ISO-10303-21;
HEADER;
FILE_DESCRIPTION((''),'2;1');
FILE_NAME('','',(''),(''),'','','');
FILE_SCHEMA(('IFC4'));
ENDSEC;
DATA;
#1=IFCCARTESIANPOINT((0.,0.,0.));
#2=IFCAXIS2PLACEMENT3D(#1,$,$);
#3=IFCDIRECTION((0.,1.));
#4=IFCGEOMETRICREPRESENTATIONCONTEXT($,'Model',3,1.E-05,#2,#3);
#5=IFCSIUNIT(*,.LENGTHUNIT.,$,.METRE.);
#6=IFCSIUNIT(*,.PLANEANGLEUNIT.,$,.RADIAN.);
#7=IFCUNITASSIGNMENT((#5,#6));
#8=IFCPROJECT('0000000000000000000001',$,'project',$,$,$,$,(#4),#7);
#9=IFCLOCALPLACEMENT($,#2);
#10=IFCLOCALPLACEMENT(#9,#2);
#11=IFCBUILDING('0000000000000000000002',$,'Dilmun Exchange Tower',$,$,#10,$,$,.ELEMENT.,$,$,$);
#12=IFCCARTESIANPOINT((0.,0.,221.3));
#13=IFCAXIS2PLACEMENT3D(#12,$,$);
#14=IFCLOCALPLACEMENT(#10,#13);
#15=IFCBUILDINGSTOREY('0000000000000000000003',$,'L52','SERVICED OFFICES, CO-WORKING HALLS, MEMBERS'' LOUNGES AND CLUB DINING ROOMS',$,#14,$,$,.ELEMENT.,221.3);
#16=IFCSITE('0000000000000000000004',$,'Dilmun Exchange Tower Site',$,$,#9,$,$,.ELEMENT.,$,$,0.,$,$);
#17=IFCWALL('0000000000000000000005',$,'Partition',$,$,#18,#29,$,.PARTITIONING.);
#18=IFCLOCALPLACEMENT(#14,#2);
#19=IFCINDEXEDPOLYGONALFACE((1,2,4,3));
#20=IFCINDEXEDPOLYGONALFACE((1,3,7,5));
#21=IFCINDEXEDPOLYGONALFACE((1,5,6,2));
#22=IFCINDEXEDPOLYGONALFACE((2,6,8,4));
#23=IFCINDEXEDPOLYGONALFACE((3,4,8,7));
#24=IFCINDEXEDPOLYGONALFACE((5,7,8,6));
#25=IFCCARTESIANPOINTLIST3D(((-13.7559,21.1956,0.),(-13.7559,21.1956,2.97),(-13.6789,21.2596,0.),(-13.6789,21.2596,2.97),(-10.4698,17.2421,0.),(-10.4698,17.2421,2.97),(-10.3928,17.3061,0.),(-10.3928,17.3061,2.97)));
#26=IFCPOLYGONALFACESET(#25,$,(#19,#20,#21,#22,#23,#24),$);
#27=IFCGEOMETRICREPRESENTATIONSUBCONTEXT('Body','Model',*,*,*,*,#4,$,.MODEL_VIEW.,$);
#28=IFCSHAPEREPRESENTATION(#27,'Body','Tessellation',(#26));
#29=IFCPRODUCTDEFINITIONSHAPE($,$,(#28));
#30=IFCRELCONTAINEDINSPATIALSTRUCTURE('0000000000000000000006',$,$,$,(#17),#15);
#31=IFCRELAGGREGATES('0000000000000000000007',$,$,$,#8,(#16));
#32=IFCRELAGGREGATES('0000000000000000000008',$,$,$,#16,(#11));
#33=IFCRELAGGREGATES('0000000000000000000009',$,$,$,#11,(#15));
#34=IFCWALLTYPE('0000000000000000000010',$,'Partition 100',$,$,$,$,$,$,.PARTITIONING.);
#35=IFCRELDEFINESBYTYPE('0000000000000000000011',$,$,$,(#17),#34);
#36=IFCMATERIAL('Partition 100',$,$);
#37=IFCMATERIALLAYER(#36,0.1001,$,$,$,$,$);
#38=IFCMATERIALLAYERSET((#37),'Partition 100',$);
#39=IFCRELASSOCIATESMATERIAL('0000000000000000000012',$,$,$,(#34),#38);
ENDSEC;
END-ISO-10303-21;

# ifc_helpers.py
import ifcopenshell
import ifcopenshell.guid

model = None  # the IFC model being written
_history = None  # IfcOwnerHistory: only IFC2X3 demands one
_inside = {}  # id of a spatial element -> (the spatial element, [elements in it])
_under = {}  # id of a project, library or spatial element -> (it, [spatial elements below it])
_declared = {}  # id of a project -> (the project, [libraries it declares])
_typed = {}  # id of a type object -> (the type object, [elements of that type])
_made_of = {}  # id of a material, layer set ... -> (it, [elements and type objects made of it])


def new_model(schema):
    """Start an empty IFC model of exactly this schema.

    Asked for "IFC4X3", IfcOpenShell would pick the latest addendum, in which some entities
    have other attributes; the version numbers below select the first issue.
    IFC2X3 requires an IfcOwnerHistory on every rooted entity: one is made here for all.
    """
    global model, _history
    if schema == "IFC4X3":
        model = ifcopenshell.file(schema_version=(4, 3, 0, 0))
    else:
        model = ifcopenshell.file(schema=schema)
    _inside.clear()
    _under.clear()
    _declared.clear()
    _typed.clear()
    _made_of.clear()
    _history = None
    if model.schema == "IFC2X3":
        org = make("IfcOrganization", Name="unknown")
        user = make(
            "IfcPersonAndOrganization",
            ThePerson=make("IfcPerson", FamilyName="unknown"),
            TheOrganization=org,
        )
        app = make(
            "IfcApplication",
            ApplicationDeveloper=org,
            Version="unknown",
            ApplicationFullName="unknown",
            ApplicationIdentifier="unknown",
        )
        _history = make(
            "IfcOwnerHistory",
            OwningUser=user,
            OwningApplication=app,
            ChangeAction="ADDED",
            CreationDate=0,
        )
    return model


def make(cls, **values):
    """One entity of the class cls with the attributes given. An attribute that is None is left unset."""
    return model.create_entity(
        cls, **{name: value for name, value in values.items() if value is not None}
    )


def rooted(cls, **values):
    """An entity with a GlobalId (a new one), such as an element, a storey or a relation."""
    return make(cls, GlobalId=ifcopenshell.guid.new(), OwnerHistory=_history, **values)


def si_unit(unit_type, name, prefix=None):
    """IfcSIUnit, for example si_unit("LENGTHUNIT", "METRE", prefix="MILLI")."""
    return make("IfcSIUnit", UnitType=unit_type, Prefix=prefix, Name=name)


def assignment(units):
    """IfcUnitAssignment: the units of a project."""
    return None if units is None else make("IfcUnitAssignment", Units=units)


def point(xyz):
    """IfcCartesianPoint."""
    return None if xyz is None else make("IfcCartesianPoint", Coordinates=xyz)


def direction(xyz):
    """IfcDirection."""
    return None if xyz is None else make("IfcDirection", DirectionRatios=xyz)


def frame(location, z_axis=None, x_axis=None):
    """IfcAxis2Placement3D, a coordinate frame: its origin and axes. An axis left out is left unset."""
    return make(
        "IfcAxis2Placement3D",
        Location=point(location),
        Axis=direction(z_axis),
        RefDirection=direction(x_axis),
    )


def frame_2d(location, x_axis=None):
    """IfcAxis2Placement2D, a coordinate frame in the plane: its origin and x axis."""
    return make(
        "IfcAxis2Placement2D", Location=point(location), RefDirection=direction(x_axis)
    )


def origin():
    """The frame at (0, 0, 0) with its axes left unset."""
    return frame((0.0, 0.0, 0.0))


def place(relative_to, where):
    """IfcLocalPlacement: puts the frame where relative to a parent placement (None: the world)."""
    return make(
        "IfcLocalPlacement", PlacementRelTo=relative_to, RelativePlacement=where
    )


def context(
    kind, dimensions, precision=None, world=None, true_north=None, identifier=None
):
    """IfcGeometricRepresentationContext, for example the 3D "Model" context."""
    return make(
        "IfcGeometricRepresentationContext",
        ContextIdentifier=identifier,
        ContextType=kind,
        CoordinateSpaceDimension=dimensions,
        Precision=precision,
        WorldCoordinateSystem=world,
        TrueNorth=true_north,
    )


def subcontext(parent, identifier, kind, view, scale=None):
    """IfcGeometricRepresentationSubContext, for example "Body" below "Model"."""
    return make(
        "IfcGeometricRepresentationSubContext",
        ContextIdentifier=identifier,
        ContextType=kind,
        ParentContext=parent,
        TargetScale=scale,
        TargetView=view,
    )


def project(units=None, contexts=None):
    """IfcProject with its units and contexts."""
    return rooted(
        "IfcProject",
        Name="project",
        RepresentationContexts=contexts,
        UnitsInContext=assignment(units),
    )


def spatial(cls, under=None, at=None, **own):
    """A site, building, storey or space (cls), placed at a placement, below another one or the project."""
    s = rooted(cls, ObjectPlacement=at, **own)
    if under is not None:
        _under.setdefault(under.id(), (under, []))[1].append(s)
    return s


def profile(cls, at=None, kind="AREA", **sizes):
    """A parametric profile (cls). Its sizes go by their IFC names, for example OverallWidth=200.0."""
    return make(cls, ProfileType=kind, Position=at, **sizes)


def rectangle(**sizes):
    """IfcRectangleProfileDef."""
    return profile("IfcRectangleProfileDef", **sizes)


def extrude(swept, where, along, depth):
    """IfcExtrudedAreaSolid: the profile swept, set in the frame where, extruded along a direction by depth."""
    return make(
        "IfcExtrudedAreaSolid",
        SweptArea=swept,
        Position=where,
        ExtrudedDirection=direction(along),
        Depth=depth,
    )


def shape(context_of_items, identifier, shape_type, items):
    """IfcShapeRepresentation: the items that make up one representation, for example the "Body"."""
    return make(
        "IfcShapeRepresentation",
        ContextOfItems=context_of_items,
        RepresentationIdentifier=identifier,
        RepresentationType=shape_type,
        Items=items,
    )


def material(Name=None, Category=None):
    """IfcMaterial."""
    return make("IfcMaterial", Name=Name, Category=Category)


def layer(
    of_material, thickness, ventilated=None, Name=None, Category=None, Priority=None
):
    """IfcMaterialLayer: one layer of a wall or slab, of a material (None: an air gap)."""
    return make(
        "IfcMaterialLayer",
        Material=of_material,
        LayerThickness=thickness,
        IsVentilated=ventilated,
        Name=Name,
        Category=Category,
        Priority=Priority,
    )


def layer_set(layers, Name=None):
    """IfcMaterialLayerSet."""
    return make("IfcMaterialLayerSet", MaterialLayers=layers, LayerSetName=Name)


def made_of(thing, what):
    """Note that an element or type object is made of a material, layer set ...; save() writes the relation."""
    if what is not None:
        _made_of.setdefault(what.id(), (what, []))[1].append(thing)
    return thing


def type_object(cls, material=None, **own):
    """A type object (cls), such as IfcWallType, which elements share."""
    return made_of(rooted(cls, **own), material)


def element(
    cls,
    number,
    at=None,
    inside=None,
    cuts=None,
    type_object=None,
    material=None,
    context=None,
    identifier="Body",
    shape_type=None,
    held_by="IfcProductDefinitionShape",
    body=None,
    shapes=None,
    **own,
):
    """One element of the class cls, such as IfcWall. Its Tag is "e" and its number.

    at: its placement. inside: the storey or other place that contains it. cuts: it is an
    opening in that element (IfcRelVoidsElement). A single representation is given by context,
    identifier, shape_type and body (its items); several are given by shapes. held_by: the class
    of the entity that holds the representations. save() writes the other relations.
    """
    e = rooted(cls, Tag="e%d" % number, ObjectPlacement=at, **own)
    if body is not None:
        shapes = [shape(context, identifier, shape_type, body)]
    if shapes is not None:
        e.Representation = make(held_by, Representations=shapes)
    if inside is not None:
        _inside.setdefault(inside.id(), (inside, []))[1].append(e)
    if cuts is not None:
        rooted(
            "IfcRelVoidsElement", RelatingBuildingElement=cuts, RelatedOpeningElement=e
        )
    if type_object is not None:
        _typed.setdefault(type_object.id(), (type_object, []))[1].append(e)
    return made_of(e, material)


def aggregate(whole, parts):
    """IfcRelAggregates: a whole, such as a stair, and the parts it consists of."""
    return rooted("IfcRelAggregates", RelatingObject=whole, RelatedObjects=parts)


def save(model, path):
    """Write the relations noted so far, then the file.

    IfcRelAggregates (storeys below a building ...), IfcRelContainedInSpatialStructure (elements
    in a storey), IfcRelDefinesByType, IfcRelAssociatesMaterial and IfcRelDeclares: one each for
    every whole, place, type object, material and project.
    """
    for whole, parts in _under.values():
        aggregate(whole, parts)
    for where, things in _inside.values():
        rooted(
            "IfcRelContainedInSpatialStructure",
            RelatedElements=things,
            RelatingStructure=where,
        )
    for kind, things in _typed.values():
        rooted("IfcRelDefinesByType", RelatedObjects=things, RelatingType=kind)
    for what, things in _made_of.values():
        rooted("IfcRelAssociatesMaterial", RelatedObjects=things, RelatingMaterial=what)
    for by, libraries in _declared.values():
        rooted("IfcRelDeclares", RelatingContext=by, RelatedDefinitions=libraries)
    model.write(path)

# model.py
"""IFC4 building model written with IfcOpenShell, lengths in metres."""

from ifc_helpers import new_model, si_unit, direction, frame, frame_2d, origin, place, context, subcontext, project, spatial, rectangle, extrude, material, layer, layer_set, type_object, element, save


model = new_model("IFC4")

# Units and contexts
model_context = context("Model", 3, precision=1e-05, world=origin(), true_north=direction((0.0, 1.0)))
body_context = subcontext(model_context, "Body", "Model", "MODEL_VIEW")
ifc_project = project(units=[si_unit("LENGTHUNIT", "METRE"), si_unit("PLANEANGLEUNIT", "RADIAN")], contexts=[model_context])

# Site, building, storey
site_placement = place(None, origin())
site = spatial("IfcSite", under=ifc_project, at=site_placement, Name="Dilmun Exchange Tower Site", CompositionType="ELEMENT", RefElevation=0.0)
building_placement = place(site_placement, origin())
building = spatial("IfcBuilding", under=site, at=building_placement, Name="Dilmun Exchange Tower", CompositionType="ELEMENT")
storey_placement = place(building_placement, frame((0.0, 0.0, 221.3)))
storey = spatial("IfcBuildingStorey", under=building, at=storey_placement, Name="L52", Description="SERVICED OFFICES, CO-WORKING HALLS, MEMBERS' LOUNGES AND CLUB DINING ROOMS", CompositionType="ELEMENT", Elevation=221.3)

# Wall
ifc_material_1 = material(Name="Partition 100")
ifc_layer_1 = layer(ifc_material_1, 0.1001)
ifc_layer_set_1 = layer_set([ifc_layer_1], Name="Partition 100")
wall_type_1 = type_object("IfcWallType", Name="Partition 100", PredefinedType="PARTITIONING", material=ifc_layer_set_1)
wall_1_placement = place(storey_placement, frame((-13.7173, 21.2275, 0.0), z_axis=(0.0, 0.0, 1.0), x_axis=(0.639203, -0.769038, 0.0)))
element("IfcWall", 1, at=wall_1_placement, inside=storey, type_object=wall_type_1, Name="Partition", PredefinedType="PARTITIONING", context=body_context, shape_type="SweptSolid", body=[
    extrude(rectangle(XDim=5.1409, YDim=0.1001, at=frame_2d((2.5703, 0.0))), origin(), (0.0, 0.0, 1.0), 2.97),
])

save(model, "model.ifc")
